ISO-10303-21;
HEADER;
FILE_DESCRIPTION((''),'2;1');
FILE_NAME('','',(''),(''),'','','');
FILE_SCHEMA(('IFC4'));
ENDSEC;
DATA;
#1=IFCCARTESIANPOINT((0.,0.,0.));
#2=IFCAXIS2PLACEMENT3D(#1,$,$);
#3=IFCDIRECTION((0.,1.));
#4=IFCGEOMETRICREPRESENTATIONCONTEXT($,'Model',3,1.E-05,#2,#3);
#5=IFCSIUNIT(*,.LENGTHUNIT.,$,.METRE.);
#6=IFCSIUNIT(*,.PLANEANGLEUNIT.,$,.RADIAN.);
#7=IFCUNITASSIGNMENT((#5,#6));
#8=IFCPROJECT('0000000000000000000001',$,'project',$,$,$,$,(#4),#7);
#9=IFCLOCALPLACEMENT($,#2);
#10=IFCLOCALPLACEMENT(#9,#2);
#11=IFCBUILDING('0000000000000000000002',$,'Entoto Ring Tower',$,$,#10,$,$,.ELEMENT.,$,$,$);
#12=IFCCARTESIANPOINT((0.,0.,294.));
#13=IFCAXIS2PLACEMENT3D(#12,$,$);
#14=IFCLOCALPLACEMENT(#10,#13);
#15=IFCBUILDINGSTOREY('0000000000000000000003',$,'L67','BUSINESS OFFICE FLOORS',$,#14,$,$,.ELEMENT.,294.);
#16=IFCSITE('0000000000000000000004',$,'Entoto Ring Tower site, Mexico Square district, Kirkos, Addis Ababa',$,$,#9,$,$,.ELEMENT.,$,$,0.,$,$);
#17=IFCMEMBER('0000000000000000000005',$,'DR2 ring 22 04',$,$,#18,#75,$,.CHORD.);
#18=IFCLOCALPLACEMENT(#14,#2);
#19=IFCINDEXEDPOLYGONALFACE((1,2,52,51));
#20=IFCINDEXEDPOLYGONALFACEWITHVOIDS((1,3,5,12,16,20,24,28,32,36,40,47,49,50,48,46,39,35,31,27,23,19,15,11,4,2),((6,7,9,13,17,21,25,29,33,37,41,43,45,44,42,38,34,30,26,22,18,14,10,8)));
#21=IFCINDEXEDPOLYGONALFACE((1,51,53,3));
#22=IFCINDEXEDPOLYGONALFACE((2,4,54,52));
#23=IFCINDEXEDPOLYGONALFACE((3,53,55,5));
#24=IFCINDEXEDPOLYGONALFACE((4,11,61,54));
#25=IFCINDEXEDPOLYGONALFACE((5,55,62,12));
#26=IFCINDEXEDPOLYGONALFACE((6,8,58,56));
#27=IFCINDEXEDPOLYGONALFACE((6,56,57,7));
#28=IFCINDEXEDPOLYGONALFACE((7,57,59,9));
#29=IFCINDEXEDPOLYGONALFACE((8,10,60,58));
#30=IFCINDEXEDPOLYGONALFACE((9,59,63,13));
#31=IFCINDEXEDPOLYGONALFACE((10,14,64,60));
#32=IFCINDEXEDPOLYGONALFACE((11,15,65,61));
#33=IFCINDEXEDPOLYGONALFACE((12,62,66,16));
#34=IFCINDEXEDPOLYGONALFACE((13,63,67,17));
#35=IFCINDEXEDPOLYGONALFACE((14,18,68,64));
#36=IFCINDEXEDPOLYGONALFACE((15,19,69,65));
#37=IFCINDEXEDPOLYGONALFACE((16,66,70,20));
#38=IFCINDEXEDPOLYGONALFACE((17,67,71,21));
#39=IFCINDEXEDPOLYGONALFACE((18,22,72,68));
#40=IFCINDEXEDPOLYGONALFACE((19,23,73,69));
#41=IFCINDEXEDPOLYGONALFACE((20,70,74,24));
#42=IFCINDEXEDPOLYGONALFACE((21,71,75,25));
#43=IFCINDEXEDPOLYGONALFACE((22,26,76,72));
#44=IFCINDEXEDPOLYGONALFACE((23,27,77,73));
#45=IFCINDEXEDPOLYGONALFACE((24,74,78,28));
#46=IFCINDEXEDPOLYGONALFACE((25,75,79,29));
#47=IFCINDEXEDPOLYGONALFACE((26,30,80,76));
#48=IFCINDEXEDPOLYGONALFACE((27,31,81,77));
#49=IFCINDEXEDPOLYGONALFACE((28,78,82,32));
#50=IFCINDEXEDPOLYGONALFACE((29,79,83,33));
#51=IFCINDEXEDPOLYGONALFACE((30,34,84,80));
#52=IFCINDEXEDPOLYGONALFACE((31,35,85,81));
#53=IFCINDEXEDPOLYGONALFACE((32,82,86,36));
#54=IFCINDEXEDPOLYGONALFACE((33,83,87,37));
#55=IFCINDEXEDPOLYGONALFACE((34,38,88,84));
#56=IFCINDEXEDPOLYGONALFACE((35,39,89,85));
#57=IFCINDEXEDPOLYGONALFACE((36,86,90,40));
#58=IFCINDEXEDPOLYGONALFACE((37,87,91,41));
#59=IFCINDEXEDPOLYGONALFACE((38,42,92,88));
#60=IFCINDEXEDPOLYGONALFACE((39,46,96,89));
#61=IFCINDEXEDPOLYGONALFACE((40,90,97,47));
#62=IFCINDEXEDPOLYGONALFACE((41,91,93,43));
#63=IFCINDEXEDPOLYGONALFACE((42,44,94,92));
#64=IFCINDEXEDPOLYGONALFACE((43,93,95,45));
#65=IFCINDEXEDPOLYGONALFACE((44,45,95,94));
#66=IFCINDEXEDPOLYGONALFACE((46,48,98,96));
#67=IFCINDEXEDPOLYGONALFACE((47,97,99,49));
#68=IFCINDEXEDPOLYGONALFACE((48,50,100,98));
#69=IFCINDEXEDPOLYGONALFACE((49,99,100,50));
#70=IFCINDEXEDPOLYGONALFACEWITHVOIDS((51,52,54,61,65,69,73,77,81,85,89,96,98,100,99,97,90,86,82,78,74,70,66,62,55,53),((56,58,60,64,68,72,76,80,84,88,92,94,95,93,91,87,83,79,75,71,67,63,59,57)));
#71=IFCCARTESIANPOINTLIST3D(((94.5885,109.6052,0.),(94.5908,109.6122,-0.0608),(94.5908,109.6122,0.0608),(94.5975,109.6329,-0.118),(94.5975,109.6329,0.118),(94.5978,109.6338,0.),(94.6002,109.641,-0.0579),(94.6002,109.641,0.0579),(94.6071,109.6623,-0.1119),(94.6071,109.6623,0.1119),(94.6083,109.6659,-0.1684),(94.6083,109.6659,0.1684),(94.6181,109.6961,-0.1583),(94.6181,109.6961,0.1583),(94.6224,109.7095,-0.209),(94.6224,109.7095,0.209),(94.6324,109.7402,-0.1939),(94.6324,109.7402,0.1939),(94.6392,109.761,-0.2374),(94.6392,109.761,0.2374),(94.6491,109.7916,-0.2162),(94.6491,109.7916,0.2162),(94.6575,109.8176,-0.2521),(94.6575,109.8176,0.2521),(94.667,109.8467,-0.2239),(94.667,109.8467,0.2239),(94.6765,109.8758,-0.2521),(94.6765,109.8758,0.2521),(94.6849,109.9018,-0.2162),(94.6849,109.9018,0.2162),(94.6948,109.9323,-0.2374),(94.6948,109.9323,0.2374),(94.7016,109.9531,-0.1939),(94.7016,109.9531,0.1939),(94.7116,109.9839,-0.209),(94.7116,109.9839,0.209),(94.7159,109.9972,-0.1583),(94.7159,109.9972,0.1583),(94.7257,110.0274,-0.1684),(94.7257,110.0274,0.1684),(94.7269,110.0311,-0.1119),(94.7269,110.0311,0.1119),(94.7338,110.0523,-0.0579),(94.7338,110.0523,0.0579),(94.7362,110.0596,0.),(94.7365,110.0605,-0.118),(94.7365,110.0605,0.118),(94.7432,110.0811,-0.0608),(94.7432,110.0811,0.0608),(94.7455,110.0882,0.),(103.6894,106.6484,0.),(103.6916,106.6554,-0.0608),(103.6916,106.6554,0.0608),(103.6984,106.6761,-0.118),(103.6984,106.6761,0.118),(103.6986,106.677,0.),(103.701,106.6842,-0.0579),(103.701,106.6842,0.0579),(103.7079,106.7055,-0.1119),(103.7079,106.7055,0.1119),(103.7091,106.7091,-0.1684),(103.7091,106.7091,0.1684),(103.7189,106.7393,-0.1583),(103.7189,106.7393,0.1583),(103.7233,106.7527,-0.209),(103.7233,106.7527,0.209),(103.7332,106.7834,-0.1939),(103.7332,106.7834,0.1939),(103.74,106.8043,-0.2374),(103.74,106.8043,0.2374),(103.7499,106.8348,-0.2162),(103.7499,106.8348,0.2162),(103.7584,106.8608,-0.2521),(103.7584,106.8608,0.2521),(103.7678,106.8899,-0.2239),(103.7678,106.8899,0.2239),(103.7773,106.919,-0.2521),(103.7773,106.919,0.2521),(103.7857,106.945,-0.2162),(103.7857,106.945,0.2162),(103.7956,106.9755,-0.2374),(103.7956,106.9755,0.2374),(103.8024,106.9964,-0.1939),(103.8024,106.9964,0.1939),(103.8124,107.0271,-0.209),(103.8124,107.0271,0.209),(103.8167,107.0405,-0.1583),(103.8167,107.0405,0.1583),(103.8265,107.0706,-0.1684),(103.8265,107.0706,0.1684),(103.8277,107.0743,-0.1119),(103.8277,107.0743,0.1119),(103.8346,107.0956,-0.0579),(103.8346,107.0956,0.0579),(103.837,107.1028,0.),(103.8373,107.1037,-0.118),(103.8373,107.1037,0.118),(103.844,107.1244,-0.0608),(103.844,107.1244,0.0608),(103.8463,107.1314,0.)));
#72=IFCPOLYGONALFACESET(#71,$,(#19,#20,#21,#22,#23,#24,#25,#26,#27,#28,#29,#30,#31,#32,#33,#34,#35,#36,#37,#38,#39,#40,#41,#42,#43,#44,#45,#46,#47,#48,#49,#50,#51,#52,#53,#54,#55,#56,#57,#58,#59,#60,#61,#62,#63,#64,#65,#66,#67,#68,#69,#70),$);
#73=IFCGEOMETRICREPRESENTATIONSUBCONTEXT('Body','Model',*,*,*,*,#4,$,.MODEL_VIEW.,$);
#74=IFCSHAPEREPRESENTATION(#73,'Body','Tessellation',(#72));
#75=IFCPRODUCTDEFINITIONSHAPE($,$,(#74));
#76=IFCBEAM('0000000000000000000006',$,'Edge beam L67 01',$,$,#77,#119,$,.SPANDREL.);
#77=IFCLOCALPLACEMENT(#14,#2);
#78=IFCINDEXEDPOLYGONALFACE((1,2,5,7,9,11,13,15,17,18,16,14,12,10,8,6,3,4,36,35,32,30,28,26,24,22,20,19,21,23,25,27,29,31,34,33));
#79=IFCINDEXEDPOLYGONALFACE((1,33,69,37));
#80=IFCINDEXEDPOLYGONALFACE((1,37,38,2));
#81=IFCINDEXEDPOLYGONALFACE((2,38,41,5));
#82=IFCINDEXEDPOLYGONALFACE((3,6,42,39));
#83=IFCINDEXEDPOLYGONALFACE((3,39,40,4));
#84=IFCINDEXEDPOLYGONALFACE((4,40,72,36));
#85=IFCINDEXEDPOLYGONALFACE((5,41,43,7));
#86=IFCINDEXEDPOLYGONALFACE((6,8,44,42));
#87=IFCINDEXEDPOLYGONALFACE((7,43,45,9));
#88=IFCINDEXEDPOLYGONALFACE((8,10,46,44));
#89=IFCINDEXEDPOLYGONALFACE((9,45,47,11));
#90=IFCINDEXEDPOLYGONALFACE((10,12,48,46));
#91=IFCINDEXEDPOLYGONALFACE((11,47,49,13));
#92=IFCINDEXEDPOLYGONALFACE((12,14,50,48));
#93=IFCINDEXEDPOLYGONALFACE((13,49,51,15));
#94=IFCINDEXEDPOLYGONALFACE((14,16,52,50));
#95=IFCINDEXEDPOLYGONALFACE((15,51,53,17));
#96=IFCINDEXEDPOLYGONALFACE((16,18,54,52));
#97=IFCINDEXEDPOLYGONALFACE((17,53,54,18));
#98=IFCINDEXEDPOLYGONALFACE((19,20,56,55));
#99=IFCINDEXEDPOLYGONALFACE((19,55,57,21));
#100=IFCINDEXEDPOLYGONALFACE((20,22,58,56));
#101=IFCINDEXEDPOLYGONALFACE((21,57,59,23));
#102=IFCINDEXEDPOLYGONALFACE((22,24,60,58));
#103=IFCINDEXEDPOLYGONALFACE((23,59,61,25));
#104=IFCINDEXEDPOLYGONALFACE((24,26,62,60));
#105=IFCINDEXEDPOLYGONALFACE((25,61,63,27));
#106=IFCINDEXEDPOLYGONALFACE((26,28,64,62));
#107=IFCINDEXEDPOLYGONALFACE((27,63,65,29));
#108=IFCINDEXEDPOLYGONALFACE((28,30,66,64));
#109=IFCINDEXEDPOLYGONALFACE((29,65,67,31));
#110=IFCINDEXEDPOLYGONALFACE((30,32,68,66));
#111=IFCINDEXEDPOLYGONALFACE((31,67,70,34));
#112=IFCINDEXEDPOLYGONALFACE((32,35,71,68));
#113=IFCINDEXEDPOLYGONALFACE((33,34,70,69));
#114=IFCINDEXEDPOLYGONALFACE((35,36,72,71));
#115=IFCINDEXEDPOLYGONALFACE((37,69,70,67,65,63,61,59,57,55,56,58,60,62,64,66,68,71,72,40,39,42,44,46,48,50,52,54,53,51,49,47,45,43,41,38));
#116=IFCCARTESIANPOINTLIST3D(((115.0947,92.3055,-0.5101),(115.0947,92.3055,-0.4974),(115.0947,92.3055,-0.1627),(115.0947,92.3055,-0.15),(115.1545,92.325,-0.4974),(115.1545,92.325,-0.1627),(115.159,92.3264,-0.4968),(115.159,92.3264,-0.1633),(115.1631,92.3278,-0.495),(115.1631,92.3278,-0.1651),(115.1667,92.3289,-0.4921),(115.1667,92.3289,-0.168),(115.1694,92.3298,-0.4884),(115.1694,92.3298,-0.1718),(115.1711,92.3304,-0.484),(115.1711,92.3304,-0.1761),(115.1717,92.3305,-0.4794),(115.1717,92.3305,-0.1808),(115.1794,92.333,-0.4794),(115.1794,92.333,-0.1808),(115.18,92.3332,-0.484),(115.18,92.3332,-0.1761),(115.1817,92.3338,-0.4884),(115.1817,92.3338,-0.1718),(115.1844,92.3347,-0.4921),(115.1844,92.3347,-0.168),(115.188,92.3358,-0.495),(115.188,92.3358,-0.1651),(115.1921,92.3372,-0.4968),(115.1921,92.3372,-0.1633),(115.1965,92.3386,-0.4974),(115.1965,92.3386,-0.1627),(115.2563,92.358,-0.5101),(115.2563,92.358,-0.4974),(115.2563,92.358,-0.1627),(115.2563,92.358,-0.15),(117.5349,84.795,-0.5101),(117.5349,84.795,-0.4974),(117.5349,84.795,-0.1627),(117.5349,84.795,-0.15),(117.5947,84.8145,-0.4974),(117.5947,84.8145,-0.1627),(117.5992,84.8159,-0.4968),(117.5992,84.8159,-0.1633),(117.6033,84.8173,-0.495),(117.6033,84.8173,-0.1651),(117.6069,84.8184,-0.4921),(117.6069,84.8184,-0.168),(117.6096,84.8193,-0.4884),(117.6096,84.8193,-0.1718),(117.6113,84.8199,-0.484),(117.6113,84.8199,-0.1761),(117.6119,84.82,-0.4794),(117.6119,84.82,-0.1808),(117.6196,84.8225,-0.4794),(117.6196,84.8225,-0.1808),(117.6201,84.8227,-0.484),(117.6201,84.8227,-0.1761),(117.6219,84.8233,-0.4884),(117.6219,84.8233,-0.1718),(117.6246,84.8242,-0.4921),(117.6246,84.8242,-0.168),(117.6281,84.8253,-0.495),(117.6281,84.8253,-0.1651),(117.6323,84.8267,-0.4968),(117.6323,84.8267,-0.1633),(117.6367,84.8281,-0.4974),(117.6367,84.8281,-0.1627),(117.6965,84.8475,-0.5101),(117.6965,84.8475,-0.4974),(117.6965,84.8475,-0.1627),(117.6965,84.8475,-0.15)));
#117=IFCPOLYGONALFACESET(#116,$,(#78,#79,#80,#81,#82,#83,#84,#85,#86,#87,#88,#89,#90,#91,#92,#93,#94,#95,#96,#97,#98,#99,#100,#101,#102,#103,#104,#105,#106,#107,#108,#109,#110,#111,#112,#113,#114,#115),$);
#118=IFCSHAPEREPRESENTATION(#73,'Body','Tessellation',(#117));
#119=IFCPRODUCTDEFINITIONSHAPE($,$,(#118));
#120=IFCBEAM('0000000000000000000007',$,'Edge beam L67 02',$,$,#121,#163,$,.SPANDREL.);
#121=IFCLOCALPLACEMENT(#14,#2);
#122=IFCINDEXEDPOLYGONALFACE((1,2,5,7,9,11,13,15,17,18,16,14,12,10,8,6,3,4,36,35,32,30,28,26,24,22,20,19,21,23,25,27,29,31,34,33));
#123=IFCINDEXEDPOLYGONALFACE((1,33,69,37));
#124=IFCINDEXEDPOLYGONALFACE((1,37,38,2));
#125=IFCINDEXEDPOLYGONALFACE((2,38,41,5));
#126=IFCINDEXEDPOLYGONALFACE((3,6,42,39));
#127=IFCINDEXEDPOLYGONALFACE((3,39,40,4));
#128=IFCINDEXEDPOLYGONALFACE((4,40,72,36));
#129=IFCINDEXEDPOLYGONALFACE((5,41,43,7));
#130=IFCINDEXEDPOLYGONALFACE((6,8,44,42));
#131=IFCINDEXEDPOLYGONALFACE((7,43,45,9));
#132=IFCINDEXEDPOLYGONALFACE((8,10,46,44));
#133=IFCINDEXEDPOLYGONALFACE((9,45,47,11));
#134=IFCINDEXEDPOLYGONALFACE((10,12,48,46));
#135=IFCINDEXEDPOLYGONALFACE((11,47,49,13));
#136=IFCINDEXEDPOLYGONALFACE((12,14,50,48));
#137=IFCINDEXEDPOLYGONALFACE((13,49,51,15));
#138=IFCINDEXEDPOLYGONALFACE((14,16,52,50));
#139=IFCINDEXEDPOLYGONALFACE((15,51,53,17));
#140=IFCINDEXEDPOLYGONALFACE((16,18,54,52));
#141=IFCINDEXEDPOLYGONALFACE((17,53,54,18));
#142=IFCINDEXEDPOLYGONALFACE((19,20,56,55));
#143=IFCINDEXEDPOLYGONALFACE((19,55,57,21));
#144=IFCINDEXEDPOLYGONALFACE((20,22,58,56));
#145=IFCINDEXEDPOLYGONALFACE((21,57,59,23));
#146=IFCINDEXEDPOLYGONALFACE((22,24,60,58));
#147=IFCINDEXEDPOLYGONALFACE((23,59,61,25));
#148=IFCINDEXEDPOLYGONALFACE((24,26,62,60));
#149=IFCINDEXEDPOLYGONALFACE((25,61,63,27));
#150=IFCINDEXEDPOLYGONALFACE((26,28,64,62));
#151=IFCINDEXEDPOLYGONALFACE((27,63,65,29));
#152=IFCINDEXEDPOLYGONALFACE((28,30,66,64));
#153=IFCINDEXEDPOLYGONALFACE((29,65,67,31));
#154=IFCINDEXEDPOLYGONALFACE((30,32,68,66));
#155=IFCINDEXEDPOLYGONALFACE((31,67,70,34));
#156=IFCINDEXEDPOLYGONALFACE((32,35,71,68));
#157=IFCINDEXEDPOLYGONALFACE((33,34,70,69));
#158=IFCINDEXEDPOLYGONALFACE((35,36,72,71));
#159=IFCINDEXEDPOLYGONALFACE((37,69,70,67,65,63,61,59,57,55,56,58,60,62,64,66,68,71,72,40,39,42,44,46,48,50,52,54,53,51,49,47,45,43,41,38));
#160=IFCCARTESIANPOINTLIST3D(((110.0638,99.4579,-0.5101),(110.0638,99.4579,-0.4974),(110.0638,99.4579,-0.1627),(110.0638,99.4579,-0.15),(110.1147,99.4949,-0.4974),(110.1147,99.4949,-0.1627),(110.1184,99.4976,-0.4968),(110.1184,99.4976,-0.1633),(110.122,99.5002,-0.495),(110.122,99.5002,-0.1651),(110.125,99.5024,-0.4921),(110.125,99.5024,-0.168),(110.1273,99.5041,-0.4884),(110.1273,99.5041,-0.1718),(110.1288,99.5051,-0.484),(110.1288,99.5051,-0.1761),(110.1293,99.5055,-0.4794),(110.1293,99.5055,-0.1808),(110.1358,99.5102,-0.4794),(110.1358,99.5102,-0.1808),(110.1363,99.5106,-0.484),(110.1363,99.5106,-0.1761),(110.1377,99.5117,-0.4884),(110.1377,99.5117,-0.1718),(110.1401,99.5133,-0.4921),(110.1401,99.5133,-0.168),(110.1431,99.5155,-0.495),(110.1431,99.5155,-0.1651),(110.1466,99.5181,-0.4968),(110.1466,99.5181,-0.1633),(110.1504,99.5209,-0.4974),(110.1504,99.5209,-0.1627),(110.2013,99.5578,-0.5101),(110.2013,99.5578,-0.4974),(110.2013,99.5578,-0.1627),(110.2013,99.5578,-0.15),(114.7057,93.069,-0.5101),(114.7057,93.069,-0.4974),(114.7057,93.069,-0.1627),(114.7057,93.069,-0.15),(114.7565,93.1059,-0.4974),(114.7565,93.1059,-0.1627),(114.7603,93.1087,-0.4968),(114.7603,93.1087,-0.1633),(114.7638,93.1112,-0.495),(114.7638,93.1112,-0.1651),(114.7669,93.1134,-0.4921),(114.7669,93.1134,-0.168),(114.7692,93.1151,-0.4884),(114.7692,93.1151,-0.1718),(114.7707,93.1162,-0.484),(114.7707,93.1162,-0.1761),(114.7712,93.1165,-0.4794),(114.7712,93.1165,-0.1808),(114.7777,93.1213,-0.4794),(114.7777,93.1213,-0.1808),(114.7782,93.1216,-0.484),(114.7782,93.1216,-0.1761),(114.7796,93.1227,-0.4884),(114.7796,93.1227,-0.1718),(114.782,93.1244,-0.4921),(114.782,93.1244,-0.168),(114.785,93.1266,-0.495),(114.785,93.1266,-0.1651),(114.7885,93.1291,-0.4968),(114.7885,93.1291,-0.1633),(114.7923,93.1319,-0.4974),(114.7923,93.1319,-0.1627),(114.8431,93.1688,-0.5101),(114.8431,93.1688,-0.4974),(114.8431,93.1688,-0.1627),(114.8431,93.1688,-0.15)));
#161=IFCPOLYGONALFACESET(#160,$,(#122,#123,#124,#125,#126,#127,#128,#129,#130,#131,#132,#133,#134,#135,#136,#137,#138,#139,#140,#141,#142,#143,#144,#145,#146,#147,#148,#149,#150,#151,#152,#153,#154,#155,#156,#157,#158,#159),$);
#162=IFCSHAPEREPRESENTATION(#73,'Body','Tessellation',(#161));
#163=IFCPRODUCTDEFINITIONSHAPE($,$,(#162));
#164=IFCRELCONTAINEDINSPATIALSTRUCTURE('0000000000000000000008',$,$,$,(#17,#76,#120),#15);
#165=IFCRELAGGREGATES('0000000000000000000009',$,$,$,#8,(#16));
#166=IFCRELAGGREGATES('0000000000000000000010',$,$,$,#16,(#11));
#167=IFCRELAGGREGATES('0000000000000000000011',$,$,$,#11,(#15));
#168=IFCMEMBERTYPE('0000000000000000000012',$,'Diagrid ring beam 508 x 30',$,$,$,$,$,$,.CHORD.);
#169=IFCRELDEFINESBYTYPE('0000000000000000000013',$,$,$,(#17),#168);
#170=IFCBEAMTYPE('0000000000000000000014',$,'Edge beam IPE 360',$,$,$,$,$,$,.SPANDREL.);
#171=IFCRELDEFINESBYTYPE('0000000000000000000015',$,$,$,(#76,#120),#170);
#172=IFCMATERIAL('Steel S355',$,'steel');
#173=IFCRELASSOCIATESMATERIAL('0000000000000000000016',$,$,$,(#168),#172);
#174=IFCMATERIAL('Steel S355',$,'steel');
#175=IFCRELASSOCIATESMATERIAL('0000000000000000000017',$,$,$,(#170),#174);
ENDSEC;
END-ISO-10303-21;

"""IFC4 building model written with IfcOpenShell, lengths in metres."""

from ifc_helpers import new_model, si_unit, direction, frame, origin, origin_2d, place, context, subcontext, project, spatial, circle, hollow_circle, i_section, extrude, material, material_profile, profile_set, type_object, element, save


model = new_model("IFC4")

# Units and contexts
model_context = context("Model", 3, precision=1e-05, world=origin(), true_north=direction((0.0, 1.0)))
body_context = subcontext(model_context, "Body", "Model", "MODEL_VIEW")
ifc_project = project(units=[si_unit("LENGTHUNIT", "METRE"), si_unit("PLANEANGLEUNIT", "RADIAN")], contexts=[model_context])

# Site, building, storey
site_placement = place(None, origin())
site = spatial("IfcSite", under=ifc_project, at=site_placement, Name="Entoto Ring Tower site, Mexico Square district, Kirkos, Addis Ababa", CompositionType="ELEMENT", RefElevation=0.0)
building_placement = place(site_placement, origin())
building = spatial("IfcBuilding", under=site, at=building_placement, Name="Entoto Ring Tower", CompositionType="ELEMENT")
storey_placement = place(building_placement, frame((0.0, 0.0, 294.0)))
storey = spatial("IfcBuildingStorey", under=building, at=storey_placement, Name="L67", Description="BUSINESS OFFICE FLOORS", CompositionType="ELEMENT", Elevation=294.0)

# Member
ifc_material_1 = material(Name="Steel S355", Category="steel")
ifc_material_profile_1 = material_profile(ifc_material_1, hollow_circle(Radius=0.2539, WallThickness=0.03, at=origin_2d()), Name="CHS 508 x 30")
ifc_material_2 = material(Name="Concrete C60/75", Category="concrete")
ifc_material_profile_2 = material_profile(ifc_material_2, circle(Radius=0.2241, at=origin_2d()), Name="Concrete C60/75 infill")
ifc_profile_set_1 = profile_set([ifc_material_profile_1, ifc_material_profile_2], Name="Steel S355")
member_type_1 = type_object("IfcMemberType", Name="Diagrid ring beam 508 x 30", PredefinedType="CHORD", material=ifc_profile_set_1)
for number, where, z_axis, x_axis, name in (
    (1, (103.7678, 106.8899, 0.0), (-0.951064, 0.308993, 0.0), (-0.308993, -0.951064, 0.0), "DR2 ring 22 04"),
):
    element("IfcMember", number, at=place(storey_placement, frame(where, z_axis=z_axis, x_axis=x_axis)), inside=storey, type_object=member_type_1, Name=name, PredefinedType="CHORD", context=body_context, shape_type="SweptSolid", body=[
        extrude(hollow_circle(Radius=0.2539, WallThickness=0.03, at=origin_2d()), origin(), (0.0, 0.0, 1.0), 9.5691),
    ])

# Beams
ifc_material_3 = material(Name="Steel S355", Category="steel")
ifc_material_profile_3 = material_profile(ifc_material_3, i_section(OverallWidth=0.1699, OverallDepth=0.3601, WebThickness=0.0081, FlangeThickness=0.0127, FilletRadius=0.0181, at=origin_2d()), Name="IPE 360")
ifc_profile_set_2 = profile_set([ifc_material_profile_3], Name="Steel S355")
beam_type_1 = type_object("IfcBeamType", Name="Edge beam IPE 360", PredefinedType="SPANDREL", material=ifc_profile_set_2)
beam_1_placement = place(storey_placement, frame((117.6157, 84.8213, -0.3301), z_axis=(-0.309003, 0.951061, 0.0), x_axis=(-0.951061, -0.309003, 0.0)))
element("IfcBeam", 2, at=beam_1_placement, inside=storey, type_object=beam_type_1, Name="Edge beam L67 01", PredefinedType="SPANDREL", context=body_context, shape_type="SweptSolid", body=[
    extrude(i_section(OverallWidth=0.1699, OverallDepth=0.3601, WebThickness=0.0081, FlangeThickness=0.0127, FilletRadius=0.0181, at=origin_2d()), origin(), (0.0, 0.0, 1.0), 7.897),
])
for number, where, z_axis, x_axis, name in (
    (3, (114.7744, 93.1189, -0.3301), (-0.587787, 0.809015, 0.0), (-0.809015, -0.587787, 0.0), "Edge beam L67 02"),
):
    element("IfcBeam", number, at=place(storey_placement, frame(where, z_axis=z_axis, x_axis=x_axis)), inside=storey, type_object=beam_type_1, Name=name, PredefinedType="SPANDREL", context=body_context, shape_type="SweptSolid", body=[
        extrude(i_section(OverallWidth=0.1699, OverallDepth=0.3601, WebThickness=0.0081, FlangeThickness=0.0127, FilletRadius=0.0181, at=origin_2d()), origin(), (0.0, 0.0, 1.0), 7.8972),
    ])

save(model, "model.ifc")
